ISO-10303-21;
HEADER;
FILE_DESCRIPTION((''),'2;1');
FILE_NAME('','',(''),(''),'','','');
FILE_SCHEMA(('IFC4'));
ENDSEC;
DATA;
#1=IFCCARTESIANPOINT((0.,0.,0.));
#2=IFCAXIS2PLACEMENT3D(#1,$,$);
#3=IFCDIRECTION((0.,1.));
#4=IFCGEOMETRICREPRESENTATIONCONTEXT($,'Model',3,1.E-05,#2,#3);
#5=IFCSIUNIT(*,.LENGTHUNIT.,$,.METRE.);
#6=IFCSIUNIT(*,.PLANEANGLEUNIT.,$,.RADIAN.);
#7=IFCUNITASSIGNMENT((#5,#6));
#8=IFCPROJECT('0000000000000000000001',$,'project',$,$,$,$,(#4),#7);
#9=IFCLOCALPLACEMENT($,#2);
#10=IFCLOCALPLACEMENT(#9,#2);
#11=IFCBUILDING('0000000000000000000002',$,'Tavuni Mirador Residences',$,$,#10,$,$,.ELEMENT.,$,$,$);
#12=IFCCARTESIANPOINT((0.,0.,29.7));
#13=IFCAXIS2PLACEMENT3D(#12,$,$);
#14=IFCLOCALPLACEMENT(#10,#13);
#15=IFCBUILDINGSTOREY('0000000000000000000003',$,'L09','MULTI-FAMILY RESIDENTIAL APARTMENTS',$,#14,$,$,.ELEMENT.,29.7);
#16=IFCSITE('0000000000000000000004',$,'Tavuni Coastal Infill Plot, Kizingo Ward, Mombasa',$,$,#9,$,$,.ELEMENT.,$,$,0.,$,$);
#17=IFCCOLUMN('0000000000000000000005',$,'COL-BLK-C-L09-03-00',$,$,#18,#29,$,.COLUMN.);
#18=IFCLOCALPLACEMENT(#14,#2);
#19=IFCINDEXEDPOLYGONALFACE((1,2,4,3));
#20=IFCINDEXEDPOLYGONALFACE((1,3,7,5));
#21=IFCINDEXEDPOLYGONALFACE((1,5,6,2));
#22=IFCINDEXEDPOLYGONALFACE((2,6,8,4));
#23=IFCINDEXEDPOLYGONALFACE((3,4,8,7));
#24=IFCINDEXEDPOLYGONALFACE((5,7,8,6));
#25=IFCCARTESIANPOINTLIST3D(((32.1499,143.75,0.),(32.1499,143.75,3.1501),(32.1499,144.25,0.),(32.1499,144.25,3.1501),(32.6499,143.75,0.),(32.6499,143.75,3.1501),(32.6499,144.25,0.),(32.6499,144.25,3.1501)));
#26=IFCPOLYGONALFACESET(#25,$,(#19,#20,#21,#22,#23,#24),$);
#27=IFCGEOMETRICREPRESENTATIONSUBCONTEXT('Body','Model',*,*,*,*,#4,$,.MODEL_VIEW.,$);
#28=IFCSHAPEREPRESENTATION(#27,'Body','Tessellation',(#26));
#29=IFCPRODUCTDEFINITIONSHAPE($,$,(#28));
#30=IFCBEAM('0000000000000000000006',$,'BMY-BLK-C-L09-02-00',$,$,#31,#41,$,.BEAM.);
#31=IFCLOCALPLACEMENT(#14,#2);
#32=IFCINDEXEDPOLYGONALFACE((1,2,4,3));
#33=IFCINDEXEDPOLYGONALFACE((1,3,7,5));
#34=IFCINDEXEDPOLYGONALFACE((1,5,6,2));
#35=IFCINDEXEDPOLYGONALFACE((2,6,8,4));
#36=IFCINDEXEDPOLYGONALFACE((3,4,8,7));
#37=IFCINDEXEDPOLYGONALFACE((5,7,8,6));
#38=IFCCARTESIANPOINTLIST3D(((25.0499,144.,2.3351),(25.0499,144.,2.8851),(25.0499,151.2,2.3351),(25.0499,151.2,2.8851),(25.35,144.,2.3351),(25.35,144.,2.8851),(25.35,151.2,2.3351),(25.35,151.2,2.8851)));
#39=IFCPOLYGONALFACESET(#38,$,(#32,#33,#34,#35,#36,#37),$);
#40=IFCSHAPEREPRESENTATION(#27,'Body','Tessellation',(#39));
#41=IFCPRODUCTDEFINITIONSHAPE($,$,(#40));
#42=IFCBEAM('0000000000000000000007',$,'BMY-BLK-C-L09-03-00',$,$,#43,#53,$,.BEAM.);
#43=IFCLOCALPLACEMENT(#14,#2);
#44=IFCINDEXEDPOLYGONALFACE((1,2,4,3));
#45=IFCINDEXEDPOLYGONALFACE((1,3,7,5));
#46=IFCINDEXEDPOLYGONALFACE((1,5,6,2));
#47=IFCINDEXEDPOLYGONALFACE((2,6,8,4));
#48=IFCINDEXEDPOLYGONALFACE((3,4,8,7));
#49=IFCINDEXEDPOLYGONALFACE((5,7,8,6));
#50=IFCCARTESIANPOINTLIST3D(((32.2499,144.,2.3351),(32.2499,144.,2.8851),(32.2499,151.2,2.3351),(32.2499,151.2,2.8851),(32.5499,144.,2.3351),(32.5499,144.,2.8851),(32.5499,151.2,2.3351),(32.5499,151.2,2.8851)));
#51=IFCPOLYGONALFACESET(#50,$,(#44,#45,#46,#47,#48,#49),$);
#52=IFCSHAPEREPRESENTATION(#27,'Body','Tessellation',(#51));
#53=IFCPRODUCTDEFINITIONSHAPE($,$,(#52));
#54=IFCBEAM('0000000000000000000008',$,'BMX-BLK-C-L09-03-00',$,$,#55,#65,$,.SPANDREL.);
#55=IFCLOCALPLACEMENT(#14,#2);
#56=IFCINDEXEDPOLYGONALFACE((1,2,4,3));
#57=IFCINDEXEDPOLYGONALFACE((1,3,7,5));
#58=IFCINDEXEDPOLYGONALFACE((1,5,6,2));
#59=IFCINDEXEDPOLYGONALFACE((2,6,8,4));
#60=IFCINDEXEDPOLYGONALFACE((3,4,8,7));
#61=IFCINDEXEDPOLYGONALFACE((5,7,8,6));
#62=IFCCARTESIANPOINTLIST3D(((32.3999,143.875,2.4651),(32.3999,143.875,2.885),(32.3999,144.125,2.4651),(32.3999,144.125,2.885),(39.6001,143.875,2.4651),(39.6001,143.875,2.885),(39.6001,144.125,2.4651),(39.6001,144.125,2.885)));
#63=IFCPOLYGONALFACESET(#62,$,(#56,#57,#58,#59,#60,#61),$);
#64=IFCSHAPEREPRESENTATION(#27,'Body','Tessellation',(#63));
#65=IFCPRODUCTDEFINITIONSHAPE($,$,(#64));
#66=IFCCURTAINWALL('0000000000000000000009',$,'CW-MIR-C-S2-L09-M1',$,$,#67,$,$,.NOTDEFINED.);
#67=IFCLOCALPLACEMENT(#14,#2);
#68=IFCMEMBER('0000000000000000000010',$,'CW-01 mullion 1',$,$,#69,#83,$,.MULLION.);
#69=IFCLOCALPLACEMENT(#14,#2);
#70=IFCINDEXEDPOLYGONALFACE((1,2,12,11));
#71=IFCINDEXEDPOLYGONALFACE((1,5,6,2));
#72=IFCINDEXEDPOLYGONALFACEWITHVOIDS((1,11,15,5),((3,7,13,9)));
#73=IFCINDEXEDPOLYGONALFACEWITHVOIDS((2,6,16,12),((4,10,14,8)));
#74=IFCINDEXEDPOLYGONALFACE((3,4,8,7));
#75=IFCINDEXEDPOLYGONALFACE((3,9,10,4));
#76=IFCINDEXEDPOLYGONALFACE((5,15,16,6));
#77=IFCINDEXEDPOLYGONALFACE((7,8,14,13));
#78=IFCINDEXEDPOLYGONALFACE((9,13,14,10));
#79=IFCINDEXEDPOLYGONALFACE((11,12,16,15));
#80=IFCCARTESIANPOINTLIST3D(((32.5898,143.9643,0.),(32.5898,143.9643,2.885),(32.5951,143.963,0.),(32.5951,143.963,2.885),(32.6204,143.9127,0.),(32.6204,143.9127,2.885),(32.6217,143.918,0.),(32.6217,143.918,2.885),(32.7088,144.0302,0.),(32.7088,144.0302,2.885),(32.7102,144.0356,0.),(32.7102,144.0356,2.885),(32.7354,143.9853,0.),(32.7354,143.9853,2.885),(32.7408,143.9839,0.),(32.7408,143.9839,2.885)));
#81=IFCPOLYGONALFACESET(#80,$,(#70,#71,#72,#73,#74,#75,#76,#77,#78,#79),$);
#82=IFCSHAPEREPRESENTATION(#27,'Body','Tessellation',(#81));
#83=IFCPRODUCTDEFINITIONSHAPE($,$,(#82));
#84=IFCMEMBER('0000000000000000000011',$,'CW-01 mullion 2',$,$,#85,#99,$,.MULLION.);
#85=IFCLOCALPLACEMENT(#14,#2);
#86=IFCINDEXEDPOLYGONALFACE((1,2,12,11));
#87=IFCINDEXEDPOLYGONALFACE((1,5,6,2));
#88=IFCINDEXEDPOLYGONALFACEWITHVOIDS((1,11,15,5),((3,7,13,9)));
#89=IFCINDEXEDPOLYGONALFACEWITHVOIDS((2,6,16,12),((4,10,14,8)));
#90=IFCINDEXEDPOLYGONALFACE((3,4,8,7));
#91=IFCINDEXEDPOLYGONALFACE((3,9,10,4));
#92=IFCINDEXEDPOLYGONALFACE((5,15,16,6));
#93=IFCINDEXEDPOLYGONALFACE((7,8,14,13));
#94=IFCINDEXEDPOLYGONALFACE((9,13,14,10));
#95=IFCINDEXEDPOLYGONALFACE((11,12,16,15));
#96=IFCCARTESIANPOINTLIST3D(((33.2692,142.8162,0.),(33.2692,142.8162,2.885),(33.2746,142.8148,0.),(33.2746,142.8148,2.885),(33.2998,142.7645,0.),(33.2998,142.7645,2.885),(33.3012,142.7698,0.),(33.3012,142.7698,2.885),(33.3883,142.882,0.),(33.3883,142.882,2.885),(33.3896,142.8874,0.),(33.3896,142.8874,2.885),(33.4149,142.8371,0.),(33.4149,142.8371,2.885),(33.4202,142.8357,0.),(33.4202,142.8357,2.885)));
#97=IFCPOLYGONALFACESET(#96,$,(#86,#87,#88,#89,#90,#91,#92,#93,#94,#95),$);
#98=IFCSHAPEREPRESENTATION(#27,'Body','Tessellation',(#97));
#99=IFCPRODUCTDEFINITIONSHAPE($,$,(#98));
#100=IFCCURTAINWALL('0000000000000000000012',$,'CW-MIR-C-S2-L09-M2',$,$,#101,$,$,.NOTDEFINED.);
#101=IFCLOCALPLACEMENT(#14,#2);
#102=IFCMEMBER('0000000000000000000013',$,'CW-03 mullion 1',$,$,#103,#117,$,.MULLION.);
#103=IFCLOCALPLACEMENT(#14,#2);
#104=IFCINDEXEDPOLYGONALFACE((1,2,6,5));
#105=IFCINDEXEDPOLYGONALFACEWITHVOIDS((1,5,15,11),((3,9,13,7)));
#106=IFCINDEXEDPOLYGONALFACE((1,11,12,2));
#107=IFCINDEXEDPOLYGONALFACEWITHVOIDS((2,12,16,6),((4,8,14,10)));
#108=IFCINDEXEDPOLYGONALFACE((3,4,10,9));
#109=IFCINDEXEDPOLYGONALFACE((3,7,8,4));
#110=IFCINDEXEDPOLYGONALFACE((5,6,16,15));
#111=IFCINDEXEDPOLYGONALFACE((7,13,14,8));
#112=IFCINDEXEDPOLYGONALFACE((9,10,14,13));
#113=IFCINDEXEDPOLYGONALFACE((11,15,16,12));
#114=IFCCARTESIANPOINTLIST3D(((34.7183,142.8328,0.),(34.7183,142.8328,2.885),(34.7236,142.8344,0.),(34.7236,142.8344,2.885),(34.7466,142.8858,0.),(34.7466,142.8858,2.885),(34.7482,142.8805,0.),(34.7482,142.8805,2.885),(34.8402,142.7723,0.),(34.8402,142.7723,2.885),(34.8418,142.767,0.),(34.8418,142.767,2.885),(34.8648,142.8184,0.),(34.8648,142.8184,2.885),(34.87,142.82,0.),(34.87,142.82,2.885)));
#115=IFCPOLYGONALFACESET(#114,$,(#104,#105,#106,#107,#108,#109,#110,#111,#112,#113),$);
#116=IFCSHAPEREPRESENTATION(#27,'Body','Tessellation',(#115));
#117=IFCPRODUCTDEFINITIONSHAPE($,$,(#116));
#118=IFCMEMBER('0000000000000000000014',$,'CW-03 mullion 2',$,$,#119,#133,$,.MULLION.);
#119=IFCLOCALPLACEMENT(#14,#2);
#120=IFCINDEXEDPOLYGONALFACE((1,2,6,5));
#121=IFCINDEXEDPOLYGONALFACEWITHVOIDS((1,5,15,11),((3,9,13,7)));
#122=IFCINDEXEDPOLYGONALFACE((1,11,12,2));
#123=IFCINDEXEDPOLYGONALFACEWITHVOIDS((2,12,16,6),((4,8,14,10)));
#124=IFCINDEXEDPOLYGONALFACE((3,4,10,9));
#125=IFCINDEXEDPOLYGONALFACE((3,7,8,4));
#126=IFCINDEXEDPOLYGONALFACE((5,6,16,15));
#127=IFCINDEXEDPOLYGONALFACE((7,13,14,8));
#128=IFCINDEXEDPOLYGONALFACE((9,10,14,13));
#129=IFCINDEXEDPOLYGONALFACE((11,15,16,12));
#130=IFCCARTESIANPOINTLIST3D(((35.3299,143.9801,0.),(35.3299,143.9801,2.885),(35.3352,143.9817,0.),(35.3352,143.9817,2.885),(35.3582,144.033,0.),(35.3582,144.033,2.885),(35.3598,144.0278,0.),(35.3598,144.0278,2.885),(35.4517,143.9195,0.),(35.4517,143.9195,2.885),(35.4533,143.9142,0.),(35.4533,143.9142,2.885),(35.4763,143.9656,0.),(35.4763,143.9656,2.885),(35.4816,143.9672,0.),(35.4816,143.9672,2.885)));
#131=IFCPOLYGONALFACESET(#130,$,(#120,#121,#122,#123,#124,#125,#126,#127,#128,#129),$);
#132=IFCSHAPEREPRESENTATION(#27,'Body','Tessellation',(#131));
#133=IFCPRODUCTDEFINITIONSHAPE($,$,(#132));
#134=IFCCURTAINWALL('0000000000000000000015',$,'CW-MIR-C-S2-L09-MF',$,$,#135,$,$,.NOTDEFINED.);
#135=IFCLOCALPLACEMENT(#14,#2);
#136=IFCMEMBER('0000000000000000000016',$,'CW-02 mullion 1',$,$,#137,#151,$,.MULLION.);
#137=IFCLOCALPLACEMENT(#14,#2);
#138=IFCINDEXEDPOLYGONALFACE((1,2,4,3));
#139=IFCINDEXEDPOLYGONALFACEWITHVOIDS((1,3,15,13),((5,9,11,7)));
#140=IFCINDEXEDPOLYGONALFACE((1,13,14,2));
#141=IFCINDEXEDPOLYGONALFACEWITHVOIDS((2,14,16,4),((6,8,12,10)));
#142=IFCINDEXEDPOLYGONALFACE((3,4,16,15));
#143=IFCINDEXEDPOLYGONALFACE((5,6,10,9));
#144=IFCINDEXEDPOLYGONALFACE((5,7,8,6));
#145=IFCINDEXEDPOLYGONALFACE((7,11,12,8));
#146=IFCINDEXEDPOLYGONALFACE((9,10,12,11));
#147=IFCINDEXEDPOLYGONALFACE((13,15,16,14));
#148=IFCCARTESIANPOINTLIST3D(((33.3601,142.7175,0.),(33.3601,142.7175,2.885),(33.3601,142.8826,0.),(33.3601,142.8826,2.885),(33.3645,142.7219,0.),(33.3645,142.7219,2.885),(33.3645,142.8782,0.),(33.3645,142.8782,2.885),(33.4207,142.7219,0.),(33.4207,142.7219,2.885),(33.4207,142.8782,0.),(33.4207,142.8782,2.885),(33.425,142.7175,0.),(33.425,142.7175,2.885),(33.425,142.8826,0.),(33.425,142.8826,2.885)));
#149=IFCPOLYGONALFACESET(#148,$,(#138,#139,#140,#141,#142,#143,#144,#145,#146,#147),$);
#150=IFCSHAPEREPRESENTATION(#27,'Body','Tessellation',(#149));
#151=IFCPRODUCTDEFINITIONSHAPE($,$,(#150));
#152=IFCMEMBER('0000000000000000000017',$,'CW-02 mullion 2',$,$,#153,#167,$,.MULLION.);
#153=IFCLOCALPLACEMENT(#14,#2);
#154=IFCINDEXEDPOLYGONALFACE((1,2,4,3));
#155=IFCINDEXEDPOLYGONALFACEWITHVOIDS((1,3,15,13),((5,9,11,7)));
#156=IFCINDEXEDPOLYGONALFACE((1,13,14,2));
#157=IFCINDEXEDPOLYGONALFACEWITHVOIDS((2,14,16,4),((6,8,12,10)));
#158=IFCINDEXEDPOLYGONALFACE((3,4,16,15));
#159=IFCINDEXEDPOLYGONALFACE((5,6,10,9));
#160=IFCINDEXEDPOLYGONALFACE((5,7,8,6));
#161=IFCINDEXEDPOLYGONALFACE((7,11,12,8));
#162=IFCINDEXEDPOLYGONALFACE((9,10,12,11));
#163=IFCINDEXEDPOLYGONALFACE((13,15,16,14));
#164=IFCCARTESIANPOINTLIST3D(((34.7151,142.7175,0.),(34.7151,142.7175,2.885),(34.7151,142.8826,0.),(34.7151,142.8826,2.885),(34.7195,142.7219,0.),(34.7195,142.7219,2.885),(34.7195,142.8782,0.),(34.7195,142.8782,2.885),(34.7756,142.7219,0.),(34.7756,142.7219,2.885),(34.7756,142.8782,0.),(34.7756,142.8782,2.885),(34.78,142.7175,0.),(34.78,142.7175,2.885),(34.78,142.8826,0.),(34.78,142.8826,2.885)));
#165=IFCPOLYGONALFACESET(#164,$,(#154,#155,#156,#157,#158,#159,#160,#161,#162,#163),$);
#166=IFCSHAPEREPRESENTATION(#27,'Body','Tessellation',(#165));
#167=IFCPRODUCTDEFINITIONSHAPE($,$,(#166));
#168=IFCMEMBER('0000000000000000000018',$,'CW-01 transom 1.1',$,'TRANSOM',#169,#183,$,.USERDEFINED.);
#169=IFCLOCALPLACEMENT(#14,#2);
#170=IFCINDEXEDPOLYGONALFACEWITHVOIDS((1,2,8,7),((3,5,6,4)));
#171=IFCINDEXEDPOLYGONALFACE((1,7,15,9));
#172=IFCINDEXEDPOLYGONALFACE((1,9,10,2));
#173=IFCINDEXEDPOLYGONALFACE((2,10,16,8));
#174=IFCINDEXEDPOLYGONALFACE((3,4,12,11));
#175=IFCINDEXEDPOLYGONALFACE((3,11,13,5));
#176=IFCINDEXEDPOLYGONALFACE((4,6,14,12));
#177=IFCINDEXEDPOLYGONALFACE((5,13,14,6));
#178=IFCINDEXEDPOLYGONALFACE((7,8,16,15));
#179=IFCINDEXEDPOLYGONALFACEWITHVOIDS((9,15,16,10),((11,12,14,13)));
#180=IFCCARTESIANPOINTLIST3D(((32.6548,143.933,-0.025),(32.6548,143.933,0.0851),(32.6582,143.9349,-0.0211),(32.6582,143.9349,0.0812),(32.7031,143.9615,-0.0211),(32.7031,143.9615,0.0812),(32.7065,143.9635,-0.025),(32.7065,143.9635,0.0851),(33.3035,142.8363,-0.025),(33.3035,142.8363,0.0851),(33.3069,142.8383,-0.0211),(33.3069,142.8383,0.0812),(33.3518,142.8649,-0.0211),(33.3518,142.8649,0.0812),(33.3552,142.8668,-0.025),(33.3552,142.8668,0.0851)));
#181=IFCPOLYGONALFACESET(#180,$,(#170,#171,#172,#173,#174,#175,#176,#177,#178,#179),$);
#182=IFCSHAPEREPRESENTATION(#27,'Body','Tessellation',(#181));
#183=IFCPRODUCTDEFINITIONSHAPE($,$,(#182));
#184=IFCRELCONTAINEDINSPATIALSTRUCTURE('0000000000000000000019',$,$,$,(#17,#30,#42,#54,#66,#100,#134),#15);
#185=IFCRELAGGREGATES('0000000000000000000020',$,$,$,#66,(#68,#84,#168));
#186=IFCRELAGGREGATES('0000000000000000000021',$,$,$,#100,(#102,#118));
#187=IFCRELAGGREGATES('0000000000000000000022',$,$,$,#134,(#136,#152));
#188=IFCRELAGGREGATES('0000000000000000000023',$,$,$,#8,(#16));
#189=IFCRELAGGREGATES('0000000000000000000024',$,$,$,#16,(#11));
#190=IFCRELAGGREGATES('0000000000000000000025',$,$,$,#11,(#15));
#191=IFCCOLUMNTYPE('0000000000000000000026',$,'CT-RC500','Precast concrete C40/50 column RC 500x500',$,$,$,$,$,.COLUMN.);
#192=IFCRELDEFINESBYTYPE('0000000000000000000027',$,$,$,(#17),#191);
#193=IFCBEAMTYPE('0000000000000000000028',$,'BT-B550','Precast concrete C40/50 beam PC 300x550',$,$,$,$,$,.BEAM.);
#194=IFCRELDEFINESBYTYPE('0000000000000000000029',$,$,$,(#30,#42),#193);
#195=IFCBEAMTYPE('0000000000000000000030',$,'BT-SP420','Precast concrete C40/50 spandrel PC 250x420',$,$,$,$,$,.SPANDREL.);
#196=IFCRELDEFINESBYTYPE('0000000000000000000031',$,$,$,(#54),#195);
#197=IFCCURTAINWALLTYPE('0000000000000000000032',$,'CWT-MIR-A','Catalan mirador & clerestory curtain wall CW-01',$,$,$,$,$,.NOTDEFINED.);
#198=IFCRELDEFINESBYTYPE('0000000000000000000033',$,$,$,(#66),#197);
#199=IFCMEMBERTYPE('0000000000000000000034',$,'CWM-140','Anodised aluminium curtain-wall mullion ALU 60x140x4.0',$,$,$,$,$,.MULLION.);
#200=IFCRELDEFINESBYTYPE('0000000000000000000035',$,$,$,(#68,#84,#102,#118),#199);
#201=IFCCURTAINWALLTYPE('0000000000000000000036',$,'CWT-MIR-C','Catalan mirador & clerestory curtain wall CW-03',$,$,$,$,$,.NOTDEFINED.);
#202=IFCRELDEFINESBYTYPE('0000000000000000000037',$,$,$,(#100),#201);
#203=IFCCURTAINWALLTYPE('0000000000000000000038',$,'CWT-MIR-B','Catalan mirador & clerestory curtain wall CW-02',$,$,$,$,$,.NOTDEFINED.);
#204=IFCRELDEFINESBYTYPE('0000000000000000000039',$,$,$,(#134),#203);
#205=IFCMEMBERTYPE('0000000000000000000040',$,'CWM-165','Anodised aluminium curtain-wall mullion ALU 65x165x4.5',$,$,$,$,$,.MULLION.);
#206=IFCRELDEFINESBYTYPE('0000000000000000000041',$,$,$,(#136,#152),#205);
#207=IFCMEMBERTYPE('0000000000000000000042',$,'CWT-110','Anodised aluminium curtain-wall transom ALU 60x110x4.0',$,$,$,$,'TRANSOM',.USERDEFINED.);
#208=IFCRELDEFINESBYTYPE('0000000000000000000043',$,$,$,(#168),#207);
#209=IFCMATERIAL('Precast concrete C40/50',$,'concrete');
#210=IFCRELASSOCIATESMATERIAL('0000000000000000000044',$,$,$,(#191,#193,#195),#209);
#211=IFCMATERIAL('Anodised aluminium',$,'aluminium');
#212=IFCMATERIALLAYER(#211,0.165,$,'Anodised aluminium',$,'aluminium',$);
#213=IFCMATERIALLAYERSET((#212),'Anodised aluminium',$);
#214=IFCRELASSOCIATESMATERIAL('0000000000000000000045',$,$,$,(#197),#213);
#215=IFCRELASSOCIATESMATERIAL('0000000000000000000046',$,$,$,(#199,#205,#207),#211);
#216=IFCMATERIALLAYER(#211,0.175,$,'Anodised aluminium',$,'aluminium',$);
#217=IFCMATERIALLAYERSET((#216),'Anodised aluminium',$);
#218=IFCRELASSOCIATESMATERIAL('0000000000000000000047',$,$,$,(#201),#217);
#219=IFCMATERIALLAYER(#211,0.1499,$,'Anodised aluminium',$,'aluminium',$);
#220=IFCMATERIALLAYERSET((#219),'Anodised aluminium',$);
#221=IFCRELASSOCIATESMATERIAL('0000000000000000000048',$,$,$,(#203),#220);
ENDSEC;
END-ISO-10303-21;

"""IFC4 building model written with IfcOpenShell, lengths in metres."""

from ifc_helpers import new_model, si_unit, direction, frame, origin, origin_2d, place, context, subcontext, project, spatial, rectangle, hollow_rectangle, extrude, material, layer, layer_set, material_profile, profile_set, type_object, element, aggregate, save


model = new_model("IFC4")

# Units and contexts
model_context = context("Model", 3, precision=1e-05, world=origin(), true_north=direction((0.0, 1.0)))
body_context = subcontext(model_context, "Body", "Model", "MODEL_VIEW")
ifc_project = project(units=[si_unit("LENGTHUNIT", "METRE"), si_unit("PLANEANGLEUNIT", "RADIAN")], contexts=[model_context])

# Site, building, storey
site_placement = place(None, origin())
site = spatial("IfcSite", under=ifc_project, at=site_placement, Name="Tavuni Coastal Infill Plot, Kizingo Ward, Mombasa", CompositionType="ELEMENT", RefElevation=0.0)
building_placement = place(site_placement, origin())
building = spatial("IfcBuilding", under=site, at=building_placement, Name="Tavuni Mirador Residences", CompositionType="ELEMENT")
storey_placement = place(building_placement, frame((0.0, 0.0, 29.7)))
storey = spatial("IfcBuildingStorey", under=building, at=storey_placement, Name="L09", Description="MULTI-FAMILY RESIDENTIAL APARTMENTS", CompositionType="ELEMENT", Elevation=29.7)

# Column
ifc_material_1 = material(Name="Precast concrete C40/50", Category="concrete")
ifc_material_profile_1 = material_profile(ifc_material_1, rectangle(XDim=0.5, YDim=0.5, at=origin_2d()), Name="RC 500x500", Category="concrete")
ifc_profile_set_1 = profile_set([ifc_material_profile_1], Name="Precast concrete C40/50")
column_type = type_object("IfcColumnType", Name="CT-RC500", Description="Precast concrete C40/50 column RC 500x500", PredefinedType="COLUMN", material=ifc_profile_set_1)
column_placement = place(storey_placement, frame((32.3999, 144.0, 0.0), z_axis=(0.0, 0.0, 1.0), x_axis=(1.0, 0.0, 0.0)))
element("IfcColumn", 1, at=column_placement, inside=storey, type_object=column_type, Name="COL-BLK-C-L09-03-00", PredefinedType="COLUMN", context=body_context, shape_type="SweptSolid", body=[
    extrude(rectangle(XDim=0.5, YDim=0.5, at=origin_2d()), origin(), (0.0, 0.0, 1.0), 3.1501),
])

# Beams
ifc_material_profile_2 = material_profile(ifc_material_1, rectangle(XDim=0.3, YDim=0.55, at=origin_2d()), Name="PC 300x550", Category="concrete")
ifc_profile_set_2 = profile_set([ifc_material_profile_2], Name="Precast concrete C40/50")
beam_type_1 = type_object("IfcBeamType", Name="BT-B550", Description="Precast concrete C40/50 beam PC 300x550", PredefinedType="BEAM", material=ifc_profile_set_2)
for number, where, z_axis, x_axis, name in (
    (2, (25.2, 144.0, 2.6101), (0.0, 1.0, 0.0), (-1.0, 0.0, 0.0), "BMY-BLK-C-L09-02-00"),
    (3, (32.3999, 144.0, 2.6101), (0.0, 1.0, 0.0), (-1.0, 0.0, 0.0), "BMY-BLK-C-L09-03-00"),
):
    element("IfcBeam", number, at=place(storey_placement, frame(where, z_axis=z_axis, x_axis=x_axis)), inside=storey, type_object=beam_type_1, Name=name, PredefinedType="BEAM", context=body_context, shape_type="SweptSolid", body=[
        extrude(rectangle(XDim=0.3, YDim=0.55, at=origin_2d()), origin(), (0.0, 0.0, 1.0), 7.2),
    ])
ifc_material_profile_3 = material_profile(ifc_material_1, rectangle(XDim=0.25, YDim=0.4199, at=origin_2d()), Name="PC 250x420", Category="concrete")
ifc_profile_set_3 = profile_set([ifc_material_profile_3], Name="Precast concrete C40/50")
beam_type_2 = type_object("IfcBeamType", Name="BT-SP420", Description="Precast concrete C40/50 spandrel PC 250x420", PredefinedType="SPANDREL", material=ifc_profile_set_3)
beam_placement = place(storey_placement, frame((32.3999, 144.0, 2.675), z_axis=(1.0, 0.0, 0.0), x_axis=(0.0, 1.0, 0.0)))
element("IfcBeam", 4, at=beam_placement, inside=storey, type_object=beam_type_2, Name="BMX-BLK-C-L09-03-00", PredefinedType="SPANDREL", context=body_context, shape_type="SweptSolid", body=[
    extrude(rectangle(XDim=0.25, YDim=0.4199, at=origin_2d()), origin(), (0.0, 0.0, 1.0), 7.2002),
])

# Curtain walls, members
ifc_material_2 = material(Name="Anodised aluminium", Category="aluminium")
ifc_layer_1 = layer(ifc_material_2, 0.165, Name="Anodised aluminium", Category="aluminium")
ifc_layer_set_1 = layer_set([ifc_layer_1], Name="Anodised aluminium")
curtain_wall_type_1 = type_object("IfcCurtainWallType", Name="CWT-MIR-A", Description="Catalan mirador & clerestory curtain wall CW-01", PredefinedType="NOTDEFINED", material=ifc_layer_set_1)
curtain_wall_1_placement = place(storey_placement, origin())
curtain_wall_1 = element("IfcCurtainWall", 5, at=curtain_wall_1_placement, inside=storey, type_object=curtain_wall_type_1, Name="CW-MIR-C-S2-L09-M1", PredefinedType="NOTDEFINED")
ifc_material_profile_4 = material_profile(ifc_material_2, hollow_rectangle(XDim=0.0601, YDim=0.1399, WallThickness=0.0039, at=origin_2d()), Name="ALU 60x140x4.0", Category="aluminium")
ifc_profile_set_4 = profile_set([ifc_material_profile_4], Name="Anodised aluminium")
member_type_1 = type_object("IfcMemberType", Name="CWM-140", Description="Anodised aluminium curtain-wall mullion ALU 60x140x4.0", PredefinedType="MULLION", material=ifc_profile_set_4)
member_1_placement = place(storey_placement, frame((32.6653, 143.9741, 0.0), z_axis=(0.0, 0.0, 1.0), x_axis=(0.509212, -0.860641, 0.0)))
member_1 = element("IfcMember", 6, at=member_1_placement, type_object=member_type_1, Name="CW-01 mullion 1", PredefinedType="MULLION", context=body_context, shape_type="SweptSolid", body=[
    extrude(hollow_rectangle(XDim=0.0601, YDim=0.1399, WallThickness=0.0039, at=origin_2d()), origin(), (0.0, 0.0, 1.0), 2.885),
])
member_2_placement = place(storey_placement, frame((33.3447, 142.8259, 0.0), z_axis=(0.0, 0.0, 1.0), x_axis=(0.509212, -0.860641, 0.0)))
member_2 = element("IfcMember", 7, at=member_2_placement, type_object=member_type_1, Name="CW-01 mullion 2", PredefinedType="MULLION", context=body_context, shape_type="SweptSolid", body=[
    extrude(hollow_rectangle(XDim=0.0601, YDim=0.1399, WallThickness=0.0039, at=origin_2d()), origin(), (0.0, 0.0, 1.0), 2.885),
])
ifc_layer_2 = layer(ifc_material_2, 0.175, Name="Anodised aluminium", Category="aluminium")
ifc_layer_set_2 = layer_set([ifc_layer_2], Name="Anodised aluminium")
curtain_wall_type_2 = type_object("IfcCurtainWallType", Name="CWT-MIR-C", Description="Catalan mirador & clerestory curtain wall CW-03", PredefinedType="NOTDEFINED", material=ifc_layer_set_2)
curtain_wall_2_placement = place(storey_placement, origin())
curtain_wall_2 = element("IfcCurtainWall", 8, at=curtain_wall_2_placement, inside=storey, type_object=curtain_wall_type_2, Name="CW-MIR-C-S2-L09-M2", PredefinedType="NOTDEFINED")
member_3_placement = place(storey_placement, frame((34.7942, 142.8264, 0.0), z_axis=(0.0, 0.0, 1.0), x_axis=(0.470588, 0.882353, 0.0)))
member_3 = element("IfcMember", 9, at=member_3_placement, type_object=member_type_1, Name="CW-03 mullion 1", PredefinedType="MULLION", context=body_context, shape_type="SweptSolid", body=[
    extrude(hollow_rectangle(XDim=0.0601, YDim=0.1399, WallThickness=0.0039, at=origin_2d()), origin(), (0.0, 0.0, 1.0), 2.885),
])
member_4_placement = place(storey_placement, frame((35.4058, 143.9736, 0.0), z_axis=(0.0, 0.0, 1.0), x_axis=(0.470588, 0.882353, 0.0)))
member_4 = element("IfcMember", 10, at=member_4_placement, type_object=member_type_1, Name="CW-03 mullion 2", PredefinedType="MULLION", context=body_context, shape_type="SweptSolid", body=[
    extrude(hollow_rectangle(XDim=0.0601, YDim=0.1399, WallThickness=0.0039, at=origin_2d()), origin(), (0.0, 0.0, 1.0), 2.885),
])
ifc_layer_3 = layer(ifc_material_2, 0.1499, Name="Anodised aluminium", Category="aluminium")
ifc_layer_set_3 = layer_set([ifc_layer_3], Name="Anodised aluminium")
curtain_wall_type_3 = type_object("IfcCurtainWallType", Name="CWT-MIR-B", Description="Catalan mirador & clerestory curtain wall CW-02", PredefinedType="NOTDEFINED", material=ifc_layer_set_3)
curtain_wall_3_placement = place(storey_placement, origin())
curtain_wall_3 = element("IfcCurtainWall", 11, at=curtain_wall_3_placement, inside=storey, type_object=curtain_wall_type_3, Name="CW-MIR-C-S2-L09-MF", PredefinedType="NOTDEFINED")
ifc_material_profile_5 = material_profile(ifc_material_2, hollow_rectangle(XDim=0.0649, YDim=0.165, WallThickness=0.0044, at=origin_2d()), Name="ALU 65x165x4.5", Category="aluminium")
ifc_profile_set_5 = profile_set([ifc_material_profile_5], Name="Anodised aluminium")
member_type_2 = type_object("IfcMemberType", Name="CWM-165", Description="Anodised aluminium curtain-wall mullion ALU 65x165x4.5", PredefinedType="MULLION", material=ifc_profile_set_5)
member_5_placement = place(storey_placement, frame((33.3926, 142.8, 0.0), z_axis=(0.0, 0.0, 1.0), x_axis=(1.0, 0.0, 0.0)))
member_5 = element("IfcMember", 12, at=member_5_placement, type_object=member_type_2, Name="CW-02 mullion 1", PredefinedType="MULLION", context=body_context, shape_type="SweptSolid", body=[
    extrude(hollow_rectangle(XDim=0.0649, YDim=0.165, WallThickness=0.0044, at=origin_2d()), origin(), (0.0, 0.0, 1.0), 2.885),
])
member_6_placement = place(storey_placement, frame((34.7476, 142.8, 0.0), z_axis=(0.0, 0.0, 1.0), x_axis=(1.0, 0.0, 0.0)))
member_6 = element("IfcMember", 13, at=member_6_placement, type_object=member_type_2, Name="CW-02 mullion 2", PredefinedType="MULLION", context=body_context, shape_type="SweptSolid", body=[
    extrude(hollow_rectangle(XDim=0.0649, YDim=0.165, WallThickness=0.0044, at=origin_2d()), origin(), (0.0, 0.0, 1.0), 2.885),
])

# Member
ifc_material_profile_6 = material_profile(ifc_material_2, hollow_rectangle(XDim=0.0601, YDim=0.1101, WallThickness=0.0039, at=origin_2d()), Name="ALU 60x110x4.0", Category="aluminium")
ifc_profile_set_6 = profile_set([ifc_material_profile_6], Name="Anodised aluminium")
member_type_3 = type_object("IfcMemberType", Name="CWT-110", Description="Anodised aluminium curtain-wall transom ALU 60x110x4.0", ElementType="TRANSOM", PredefinedType="USERDEFINED", material=ifc_profile_set_6)
member_7_placement = place(storey_placement, frame((32.6807, 143.9482, 0.03), z_axis=(0.509104, -0.860705, 0.0), x_axis=(0.860705, 0.509104, 0.0)))
member_7 = element("IfcMember", 14, at=member_7_placement, type_object=member_type_3, Name="CW-01 transom 1.1", ObjectType="TRANSOM", PredefinedType="USERDEFINED", context=body_context, shape_type="SweptSolid", body=[
    extrude(hollow_rectangle(XDim=0.0601, YDim=0.1101, WallThickness=0.0039, at=origin_2d()), origin(), (0.0, 0.0, 1.0), 1.2742),
])

aggregate(curtain_wall_1, [member_1, member_2, member_7])
aggregate(curtain_wall_2, [member_3, member_4])
aggregate(curtain_wall_3, [member_5, member_6])

save(model, "model.ifc")
